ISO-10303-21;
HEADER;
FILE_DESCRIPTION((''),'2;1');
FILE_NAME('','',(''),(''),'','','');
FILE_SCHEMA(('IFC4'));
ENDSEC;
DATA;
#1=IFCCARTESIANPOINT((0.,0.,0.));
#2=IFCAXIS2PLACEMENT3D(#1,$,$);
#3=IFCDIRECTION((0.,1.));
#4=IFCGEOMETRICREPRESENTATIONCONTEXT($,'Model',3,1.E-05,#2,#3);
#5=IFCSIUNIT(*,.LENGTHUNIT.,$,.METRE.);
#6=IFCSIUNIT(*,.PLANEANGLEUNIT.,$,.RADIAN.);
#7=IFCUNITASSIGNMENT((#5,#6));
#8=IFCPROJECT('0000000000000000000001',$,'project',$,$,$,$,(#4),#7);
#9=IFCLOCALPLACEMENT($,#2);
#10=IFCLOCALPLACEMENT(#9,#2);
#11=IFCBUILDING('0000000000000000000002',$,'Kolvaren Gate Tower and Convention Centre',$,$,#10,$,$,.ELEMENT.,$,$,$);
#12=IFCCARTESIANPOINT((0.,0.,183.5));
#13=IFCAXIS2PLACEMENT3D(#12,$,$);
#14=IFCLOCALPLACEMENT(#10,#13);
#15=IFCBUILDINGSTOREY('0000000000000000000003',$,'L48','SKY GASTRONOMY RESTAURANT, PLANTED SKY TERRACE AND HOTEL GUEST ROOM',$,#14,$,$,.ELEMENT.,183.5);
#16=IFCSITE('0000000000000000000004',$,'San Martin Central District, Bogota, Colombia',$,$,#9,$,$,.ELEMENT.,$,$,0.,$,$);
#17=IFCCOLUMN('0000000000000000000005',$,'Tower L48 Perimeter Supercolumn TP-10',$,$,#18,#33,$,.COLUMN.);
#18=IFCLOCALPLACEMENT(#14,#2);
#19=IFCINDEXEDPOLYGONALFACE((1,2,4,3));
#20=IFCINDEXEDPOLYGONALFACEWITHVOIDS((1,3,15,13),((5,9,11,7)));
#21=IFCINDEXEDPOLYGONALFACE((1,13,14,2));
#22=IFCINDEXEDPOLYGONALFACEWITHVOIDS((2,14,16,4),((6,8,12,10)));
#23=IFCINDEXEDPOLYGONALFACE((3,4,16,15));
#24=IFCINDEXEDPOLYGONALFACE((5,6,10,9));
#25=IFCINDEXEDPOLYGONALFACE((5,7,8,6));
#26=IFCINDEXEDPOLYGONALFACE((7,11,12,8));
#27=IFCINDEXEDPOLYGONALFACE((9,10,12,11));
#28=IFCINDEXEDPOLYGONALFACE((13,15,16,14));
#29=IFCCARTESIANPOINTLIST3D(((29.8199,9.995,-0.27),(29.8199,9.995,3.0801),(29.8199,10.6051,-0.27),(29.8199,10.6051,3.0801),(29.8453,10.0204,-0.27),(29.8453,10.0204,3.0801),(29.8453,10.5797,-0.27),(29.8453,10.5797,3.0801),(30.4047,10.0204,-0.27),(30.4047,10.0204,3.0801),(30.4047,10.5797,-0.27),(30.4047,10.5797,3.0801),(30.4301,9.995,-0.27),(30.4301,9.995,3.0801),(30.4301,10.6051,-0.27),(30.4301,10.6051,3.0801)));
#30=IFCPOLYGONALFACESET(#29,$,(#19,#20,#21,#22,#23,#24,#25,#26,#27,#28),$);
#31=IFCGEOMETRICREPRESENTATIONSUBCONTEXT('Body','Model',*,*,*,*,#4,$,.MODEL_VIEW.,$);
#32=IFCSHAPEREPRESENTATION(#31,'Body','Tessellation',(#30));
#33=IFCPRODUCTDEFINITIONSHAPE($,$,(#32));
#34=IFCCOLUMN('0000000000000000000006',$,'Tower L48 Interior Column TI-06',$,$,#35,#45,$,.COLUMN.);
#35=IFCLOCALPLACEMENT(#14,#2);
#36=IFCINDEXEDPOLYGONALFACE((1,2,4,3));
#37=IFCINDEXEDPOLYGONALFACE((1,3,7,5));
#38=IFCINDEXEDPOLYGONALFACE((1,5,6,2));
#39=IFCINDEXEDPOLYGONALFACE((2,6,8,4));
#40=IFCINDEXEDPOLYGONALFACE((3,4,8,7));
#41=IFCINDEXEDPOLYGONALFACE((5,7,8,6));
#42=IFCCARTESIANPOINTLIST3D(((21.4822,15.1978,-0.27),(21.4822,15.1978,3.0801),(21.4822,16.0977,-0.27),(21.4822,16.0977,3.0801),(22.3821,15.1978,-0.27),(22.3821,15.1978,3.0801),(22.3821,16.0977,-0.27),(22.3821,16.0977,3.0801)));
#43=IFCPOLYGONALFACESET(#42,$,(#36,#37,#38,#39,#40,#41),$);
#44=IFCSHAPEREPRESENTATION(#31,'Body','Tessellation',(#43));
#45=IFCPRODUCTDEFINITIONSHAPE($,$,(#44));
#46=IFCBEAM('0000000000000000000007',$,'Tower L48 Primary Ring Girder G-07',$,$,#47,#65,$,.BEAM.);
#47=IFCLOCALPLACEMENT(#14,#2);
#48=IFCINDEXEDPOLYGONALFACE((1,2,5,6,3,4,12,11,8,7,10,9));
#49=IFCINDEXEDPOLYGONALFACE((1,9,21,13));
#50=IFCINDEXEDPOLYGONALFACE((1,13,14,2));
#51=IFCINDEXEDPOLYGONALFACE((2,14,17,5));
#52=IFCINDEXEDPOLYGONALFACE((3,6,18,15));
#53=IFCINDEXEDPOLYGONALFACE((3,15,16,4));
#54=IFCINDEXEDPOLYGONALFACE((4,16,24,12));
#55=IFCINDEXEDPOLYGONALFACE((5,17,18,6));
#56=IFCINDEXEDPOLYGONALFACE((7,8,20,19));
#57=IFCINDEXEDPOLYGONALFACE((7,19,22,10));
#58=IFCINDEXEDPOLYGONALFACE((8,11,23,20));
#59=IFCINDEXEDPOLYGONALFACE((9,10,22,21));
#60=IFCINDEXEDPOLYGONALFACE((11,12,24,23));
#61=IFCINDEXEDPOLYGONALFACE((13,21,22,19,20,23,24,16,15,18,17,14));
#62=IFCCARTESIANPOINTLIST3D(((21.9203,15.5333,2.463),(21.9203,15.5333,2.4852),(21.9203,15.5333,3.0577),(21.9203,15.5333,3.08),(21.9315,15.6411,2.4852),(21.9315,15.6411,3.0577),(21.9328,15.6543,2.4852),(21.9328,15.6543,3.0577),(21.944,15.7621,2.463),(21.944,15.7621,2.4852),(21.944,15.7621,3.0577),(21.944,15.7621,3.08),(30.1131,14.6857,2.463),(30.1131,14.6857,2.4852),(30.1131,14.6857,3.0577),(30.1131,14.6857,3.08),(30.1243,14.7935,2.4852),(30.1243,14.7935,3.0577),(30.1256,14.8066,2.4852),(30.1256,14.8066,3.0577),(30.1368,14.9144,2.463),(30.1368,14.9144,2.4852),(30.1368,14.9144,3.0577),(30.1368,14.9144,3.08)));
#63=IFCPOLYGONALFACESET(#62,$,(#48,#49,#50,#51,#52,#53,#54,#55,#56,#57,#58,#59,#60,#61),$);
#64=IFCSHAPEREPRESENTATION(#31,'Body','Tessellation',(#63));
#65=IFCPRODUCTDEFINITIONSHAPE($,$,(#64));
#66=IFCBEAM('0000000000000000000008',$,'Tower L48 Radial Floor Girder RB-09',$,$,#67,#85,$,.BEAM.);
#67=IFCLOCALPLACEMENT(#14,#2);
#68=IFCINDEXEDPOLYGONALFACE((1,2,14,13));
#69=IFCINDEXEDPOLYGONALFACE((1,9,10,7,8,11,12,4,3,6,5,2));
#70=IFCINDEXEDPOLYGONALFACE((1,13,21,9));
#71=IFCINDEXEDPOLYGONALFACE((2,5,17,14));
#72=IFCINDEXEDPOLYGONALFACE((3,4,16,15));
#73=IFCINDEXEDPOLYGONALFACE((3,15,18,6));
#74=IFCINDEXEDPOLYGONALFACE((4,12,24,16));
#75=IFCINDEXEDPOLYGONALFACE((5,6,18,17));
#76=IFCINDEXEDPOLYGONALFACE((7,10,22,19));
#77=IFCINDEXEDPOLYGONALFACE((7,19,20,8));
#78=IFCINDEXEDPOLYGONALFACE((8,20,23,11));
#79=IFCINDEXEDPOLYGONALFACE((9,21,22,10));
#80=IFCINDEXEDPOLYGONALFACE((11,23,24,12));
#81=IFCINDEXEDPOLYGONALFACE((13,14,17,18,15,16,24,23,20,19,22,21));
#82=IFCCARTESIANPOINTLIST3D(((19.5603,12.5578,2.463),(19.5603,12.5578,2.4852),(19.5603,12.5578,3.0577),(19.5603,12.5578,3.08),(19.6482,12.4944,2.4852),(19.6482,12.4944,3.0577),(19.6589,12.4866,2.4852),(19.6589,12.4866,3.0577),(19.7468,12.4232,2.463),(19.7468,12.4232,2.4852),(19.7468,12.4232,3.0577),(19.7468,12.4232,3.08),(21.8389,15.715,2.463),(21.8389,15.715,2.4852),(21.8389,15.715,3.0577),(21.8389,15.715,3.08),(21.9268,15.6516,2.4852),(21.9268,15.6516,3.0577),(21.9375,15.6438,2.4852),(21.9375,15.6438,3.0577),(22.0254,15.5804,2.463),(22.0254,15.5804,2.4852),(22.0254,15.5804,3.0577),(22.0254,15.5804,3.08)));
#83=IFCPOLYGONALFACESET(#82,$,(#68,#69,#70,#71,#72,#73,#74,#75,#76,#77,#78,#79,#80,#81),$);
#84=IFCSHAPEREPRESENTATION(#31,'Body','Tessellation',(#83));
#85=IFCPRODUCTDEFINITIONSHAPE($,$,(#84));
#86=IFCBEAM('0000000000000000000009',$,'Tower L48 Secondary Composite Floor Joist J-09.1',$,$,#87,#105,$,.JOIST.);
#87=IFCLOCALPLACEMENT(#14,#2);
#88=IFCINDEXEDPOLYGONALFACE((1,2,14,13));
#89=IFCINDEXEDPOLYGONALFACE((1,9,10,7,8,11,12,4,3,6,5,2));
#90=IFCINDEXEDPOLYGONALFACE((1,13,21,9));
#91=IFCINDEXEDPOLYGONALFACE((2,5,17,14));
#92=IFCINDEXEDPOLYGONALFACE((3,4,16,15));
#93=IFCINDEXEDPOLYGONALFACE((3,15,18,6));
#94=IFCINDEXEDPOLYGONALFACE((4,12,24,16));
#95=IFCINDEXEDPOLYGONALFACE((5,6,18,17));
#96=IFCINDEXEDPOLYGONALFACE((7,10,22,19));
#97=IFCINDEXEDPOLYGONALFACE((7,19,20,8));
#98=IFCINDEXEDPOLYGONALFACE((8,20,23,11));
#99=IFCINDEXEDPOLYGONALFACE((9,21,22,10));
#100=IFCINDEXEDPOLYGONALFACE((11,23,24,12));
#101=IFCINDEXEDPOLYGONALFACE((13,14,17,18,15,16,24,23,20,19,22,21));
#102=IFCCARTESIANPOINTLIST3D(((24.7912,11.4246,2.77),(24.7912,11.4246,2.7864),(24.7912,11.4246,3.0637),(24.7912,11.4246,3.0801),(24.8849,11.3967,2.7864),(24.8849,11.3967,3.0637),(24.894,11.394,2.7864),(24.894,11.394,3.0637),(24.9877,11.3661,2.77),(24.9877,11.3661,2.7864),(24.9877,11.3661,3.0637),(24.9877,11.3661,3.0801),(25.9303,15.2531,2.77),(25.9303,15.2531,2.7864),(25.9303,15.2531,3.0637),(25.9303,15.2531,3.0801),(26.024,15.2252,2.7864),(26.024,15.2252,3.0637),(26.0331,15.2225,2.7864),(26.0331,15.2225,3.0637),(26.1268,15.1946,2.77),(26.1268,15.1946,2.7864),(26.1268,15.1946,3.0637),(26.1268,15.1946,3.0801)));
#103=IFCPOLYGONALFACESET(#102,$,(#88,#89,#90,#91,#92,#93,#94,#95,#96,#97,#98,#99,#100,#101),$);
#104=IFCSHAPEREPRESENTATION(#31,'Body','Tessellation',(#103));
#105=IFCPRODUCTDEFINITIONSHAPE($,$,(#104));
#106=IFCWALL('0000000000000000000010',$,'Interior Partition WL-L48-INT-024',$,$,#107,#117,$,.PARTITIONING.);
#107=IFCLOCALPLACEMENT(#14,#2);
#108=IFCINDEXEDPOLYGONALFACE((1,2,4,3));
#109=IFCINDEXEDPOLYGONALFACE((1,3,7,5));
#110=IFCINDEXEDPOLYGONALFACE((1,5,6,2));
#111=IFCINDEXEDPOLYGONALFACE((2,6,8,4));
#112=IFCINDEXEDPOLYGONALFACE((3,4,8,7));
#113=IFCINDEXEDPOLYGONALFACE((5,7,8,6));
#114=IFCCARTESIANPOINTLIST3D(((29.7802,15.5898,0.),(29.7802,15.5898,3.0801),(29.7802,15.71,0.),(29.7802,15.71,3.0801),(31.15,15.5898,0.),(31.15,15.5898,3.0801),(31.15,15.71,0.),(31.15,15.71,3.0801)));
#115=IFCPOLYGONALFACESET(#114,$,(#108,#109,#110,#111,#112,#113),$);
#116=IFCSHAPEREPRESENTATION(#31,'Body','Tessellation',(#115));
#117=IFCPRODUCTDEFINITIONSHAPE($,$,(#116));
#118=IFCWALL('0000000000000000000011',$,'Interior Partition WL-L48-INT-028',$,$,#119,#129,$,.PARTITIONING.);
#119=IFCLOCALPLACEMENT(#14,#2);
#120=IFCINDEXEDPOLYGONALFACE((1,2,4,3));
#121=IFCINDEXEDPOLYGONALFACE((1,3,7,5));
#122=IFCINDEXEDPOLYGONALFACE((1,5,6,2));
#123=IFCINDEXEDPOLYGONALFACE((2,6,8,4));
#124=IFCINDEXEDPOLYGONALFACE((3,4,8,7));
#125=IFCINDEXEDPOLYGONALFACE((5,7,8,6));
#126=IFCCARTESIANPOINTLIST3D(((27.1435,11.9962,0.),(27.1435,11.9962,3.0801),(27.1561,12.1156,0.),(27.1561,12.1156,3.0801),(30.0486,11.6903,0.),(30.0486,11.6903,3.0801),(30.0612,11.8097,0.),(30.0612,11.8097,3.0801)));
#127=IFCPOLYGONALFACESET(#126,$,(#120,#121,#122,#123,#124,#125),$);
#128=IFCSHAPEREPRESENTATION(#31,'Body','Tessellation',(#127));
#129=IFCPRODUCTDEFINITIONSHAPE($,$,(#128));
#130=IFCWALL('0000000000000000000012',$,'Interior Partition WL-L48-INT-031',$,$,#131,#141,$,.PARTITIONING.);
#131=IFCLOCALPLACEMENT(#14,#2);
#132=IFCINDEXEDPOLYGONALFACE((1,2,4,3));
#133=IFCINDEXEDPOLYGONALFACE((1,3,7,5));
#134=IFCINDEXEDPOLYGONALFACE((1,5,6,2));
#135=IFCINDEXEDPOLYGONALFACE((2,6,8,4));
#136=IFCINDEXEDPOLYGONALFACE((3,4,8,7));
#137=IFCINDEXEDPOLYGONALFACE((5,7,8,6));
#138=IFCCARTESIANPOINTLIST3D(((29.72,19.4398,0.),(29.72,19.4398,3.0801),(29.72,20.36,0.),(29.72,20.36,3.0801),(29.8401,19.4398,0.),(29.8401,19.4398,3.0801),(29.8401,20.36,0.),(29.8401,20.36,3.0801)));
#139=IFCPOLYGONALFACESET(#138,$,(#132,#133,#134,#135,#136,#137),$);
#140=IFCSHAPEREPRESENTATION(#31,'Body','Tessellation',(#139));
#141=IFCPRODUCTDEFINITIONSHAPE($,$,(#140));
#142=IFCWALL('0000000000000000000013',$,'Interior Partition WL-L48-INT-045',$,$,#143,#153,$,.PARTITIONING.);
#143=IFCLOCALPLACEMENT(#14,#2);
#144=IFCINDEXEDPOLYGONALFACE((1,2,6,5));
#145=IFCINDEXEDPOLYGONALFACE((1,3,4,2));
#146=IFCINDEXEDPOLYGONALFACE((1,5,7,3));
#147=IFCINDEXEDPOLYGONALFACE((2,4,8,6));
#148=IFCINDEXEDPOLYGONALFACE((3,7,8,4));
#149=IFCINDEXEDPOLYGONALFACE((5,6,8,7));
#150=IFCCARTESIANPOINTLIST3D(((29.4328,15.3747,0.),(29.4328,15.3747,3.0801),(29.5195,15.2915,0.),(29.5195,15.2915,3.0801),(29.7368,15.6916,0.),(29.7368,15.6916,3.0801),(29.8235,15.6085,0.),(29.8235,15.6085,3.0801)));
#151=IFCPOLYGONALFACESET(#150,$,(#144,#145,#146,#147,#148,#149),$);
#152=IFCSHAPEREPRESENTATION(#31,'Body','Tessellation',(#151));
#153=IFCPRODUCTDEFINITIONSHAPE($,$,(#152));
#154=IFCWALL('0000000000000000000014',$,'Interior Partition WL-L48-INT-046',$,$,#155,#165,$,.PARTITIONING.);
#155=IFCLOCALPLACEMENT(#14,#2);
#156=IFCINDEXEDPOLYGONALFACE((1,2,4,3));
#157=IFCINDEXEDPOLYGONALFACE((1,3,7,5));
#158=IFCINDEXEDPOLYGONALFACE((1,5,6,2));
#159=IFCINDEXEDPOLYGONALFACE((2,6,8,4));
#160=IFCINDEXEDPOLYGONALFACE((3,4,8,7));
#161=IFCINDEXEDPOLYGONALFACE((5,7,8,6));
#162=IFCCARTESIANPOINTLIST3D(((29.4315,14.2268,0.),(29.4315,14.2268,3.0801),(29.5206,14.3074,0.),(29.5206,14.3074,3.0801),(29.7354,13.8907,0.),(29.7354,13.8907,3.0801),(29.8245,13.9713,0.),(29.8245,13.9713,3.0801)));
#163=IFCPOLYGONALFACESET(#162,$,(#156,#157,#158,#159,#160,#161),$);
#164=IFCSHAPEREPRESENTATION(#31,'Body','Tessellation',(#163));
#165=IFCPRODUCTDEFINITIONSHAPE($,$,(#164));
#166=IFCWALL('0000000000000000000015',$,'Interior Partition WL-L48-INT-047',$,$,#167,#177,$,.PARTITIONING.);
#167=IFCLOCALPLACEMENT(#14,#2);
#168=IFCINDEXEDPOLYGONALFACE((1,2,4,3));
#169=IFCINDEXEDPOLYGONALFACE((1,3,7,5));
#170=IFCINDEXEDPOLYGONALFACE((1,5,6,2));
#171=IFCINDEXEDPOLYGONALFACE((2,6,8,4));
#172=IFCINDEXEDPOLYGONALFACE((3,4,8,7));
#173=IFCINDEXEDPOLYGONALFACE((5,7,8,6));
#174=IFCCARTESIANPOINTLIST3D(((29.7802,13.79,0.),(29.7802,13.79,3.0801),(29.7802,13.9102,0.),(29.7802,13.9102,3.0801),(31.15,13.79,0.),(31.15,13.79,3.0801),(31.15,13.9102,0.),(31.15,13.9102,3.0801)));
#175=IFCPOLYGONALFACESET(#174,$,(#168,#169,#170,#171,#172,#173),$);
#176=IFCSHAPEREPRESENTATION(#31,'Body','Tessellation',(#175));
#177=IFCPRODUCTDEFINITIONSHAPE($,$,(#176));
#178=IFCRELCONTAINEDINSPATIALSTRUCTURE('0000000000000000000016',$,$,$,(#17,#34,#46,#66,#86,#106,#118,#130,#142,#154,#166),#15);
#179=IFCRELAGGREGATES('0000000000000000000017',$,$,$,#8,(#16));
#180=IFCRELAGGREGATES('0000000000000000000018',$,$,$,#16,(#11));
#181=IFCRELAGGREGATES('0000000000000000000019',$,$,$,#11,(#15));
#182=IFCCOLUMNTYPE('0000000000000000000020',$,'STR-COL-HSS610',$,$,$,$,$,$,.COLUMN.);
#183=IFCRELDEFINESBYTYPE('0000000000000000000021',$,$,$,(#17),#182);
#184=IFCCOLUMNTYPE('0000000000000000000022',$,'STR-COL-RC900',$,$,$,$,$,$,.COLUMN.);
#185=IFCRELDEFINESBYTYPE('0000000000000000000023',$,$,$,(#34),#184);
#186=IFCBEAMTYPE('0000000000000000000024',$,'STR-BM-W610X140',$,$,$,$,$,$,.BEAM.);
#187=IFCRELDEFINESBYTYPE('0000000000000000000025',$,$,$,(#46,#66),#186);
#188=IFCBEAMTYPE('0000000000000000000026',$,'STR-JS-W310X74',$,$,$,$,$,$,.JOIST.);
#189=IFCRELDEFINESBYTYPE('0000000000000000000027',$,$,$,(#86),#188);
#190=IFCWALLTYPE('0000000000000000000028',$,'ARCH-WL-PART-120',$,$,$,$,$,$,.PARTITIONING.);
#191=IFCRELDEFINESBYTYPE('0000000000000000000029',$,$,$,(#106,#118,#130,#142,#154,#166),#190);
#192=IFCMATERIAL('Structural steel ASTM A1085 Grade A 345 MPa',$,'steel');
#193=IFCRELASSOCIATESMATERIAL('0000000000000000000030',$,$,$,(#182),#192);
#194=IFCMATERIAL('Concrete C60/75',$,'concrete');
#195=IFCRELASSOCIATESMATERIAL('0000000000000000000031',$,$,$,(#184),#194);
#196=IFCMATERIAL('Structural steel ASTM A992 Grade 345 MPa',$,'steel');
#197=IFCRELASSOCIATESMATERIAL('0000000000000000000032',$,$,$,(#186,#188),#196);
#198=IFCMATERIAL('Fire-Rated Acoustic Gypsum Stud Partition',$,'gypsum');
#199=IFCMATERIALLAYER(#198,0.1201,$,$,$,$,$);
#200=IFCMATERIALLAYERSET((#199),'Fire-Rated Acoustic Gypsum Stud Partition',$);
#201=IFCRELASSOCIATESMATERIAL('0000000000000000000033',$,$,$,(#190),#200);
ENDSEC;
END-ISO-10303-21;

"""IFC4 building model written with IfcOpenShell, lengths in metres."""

from ifc_helpers import new_model, si_unit, direction, frame, frame_2d, origin, origin_2d, place, context, subcontext, project, spatial, rectangle, hollow_rectangle, i_section, extrude, material, layer, layer_set, material_profile, profile_set, type_object, element, save


model = new_model("IFC4")

# Units and contexts
model_context = context("Model", 3, precision=1e-05, world=origin(), true_north=direction((0.0, 1.0)))
body_context = subcontext(model_context, "Body", "Model", "MODEL_VIEW")
ifc_project = project(units=[si_unit("LENGTHUNIT", "METRE"), si_unit("PLANEANGLEUNIT", "RADIAN")], contexts=[model_context])

# Site, building, storey
site_placement = place(None, origin())
site = spatial("IfcSite", under=ifc_project, at=site_placement, Name="San Martin Central District, Bogota, Colombia", CompositionType="ELEMENT", RefElevation=0.0)
building_placement = place(site_placement, origin())
building = spatial("IfcBuilding", under=site, at=building_placement, Name="Kolvaren Gate Tower and Convention Centre", CompositionType="ELEMENT")
storey_placement = place(building_placement, frame((0.0, 0.0, 183.5)))
storey = spatial("IfcBuildingStorey", under=building, at=storey_placement, Name="L48", Description="SKY GASTRONOMY RESTAURANT, PLANTED SKY TERRACE AND HOTEL GUEST ROOM", CompositionType="ELEMENT", Elevation=183.5)

# Columns
ifc_material_1 = material(Name="Structural steel ASTM A1085 Grade A 345 MPa", Category="steel")
ifc_material_profile_1 = material_profile(ifc_material_1, hollow_rectangle(XDim=0.6101, YDim=0.6101, WallThickness=0.0254, at=origin_2d()), Name="HSS610X610X25.4")
ifc_profile_set_1 = profile_set([ifc_material_profile_1], Name="Structural steel ASTM A1085 Grade A 345 MPa")
column_type_1 = type_object("IfcColumnType", Name="STR-COL-HSS610", PredefinedType="COLUMN", material=ifc_profile_set_1)
column_1_placement = place(storey_placement, frame((30.125, 10.3, -0.27), z_axis=(0.0, 0.0, 1.0), x_axis=(1.0, 0.0, 0.0)))
element("IfcColumn", 1, at=column_1_placement, inside=storey, type_object=column_type_1, Name="Tower L48 Perimeter Supercolumn TP-10", PredefinedType="COLUMN", context=body_context, shape_type="SweptSolid", body=[
    extrude(hollow_rectangle(XDim=0.6101, YDim=0.6101, WallThickness=0.0254, at=origin_2d()), origin(), (0.0, 0.0, 1.0), 3.3501),
])
ifc_material_2 = material(Name="Concrete C60/75", Category="concrete")
ifc_material_profile_2 = material_profile(ifc_material_2, rectangle(XDim=0.8999, YDim=0.8999, at=origin_2d()), Name="RC-COL-900X900")
ifc_profile_set_2 = profile_set([ifc_material_profile_2], Name="Concrete C60/75")
column_type_2 = type_object("IfcColumnType", Name="STR-COL-RC900", PredefinedType="COLUMN", material=ifc_profile_set_2)
column_2_placement = place(storey_placement, frame((21.9321, 15.6477, -0.27), z_axis=(0.0, 0.0, 1.0), x_axis=(1.0, 0.0, 0.0)))
element("IfcColumn", 2, at=column_2_placement, inside=storey, type_object=column_type_2, Name="Tower L48 Interior Column TI-06", PredefinedType="COLUMN", context=body_context, shape_type="SweptSolid", body=[
    extrude(rectangle(XDim=0.8999, YDim=0.8999, at=origin_2d()), origin(), (0.0, 0.0, 1.0), 3.3501),
])

# Beams
ifc_material_3 = material(Name="Structural steel ASTM A992 Grade 345 MPa", Category="steel")
ifc_material_profile_3 = material_profile(ifc_material_3, i_section(OverallWidth=0.23, OverallDepth=0.6169, WebThickness=0.0132, FlangeThickness=0.0222, at=origin_2d()), Name="W610X140")
ifc_profile_set_3 = profile_set([ifc_material_profile_3], Name="Structural steel ASTM A992 Grade 345 MPa")
beam_type_1 = type_object("IfcBeamType", Name="STR-BM-W610X140", PredefinedType="BEAM", material=ifc_profile_set_3)
beam_1_placement = place(storey_placement, frame((21.9321, 15.6477, 2.7715), z_axis=(0.99469, -0.102913, 0.0), x_axis=(0.102913, 0.99469, 0.0)))
element("IfcBeam", 3, at=beam_1_placement, inside=storey, type_object=beam_type_1, Name="Tower L48 Primary Ring Girder G-07", PredefinedType="BEAM", context=body_context, shape_type="SweptSolid", body=[
    extrude(i_section(OverallWidth=0.23, OverallDepth=0.6169, WebThickness=0.0132, FlangeThickness=0.0222, at=origin_2d()), origin(), (0.0, 0.0, 1.0), 8.2366),
])
beam_2_placement = place(storey_placement, frame((21.9321, 15.6477, 2.7715), z_axis=(-0.585211, -0.810881, 0.0), x_axis=(0.810881, -0.585211, 0.0)))
element("IfcBeam", 4, at=beam_2_placement, inside=storey, type_object=beam_type_1, Name="Tower L48 Radial Floor Girder RB-09", PredefinedType="BEAM", context=body_context, shape_type="SweptSolid", body=[
    extrude(i_section(OverallWidth=0.23, OverallDepth=0.6169, WebThickness=0.0132, FlangeThickness=0.0222, at=origin_2d()), origin(), (0.0, 0.0, 1.0), 3.8936),
])
ifc_material_profile_4 = material_profile(ifc_material_3, i_section(OverallWidth=0.2051, OverallDepth=0.3101, WebThickness=0.0095, FlangeThickness=0.0164, at=origin_2d()), Name="W310X74")
ifc_profile_set_4 = profile_set([ifc_material_profile_4], Name="Structural steel ASTM A992 Grade 345 MPa")
beam_type_2 = type_object("IfcBeamType", Name="STR-JS-W310X74", PredefinedType="JOIST", material=ifc_profile_set_4)
beam_3_placement = place(storey_placement, frame((26.0286, 15.2239, 2.925), z_axis=(-0.285183, -0.958473, 0.0), x_axis=(0.958473, -0.285183, 0.0)))
element("IfcBeam", 5, at=beam_3_placement, inside=storey, type_object=beam_type_2, Name="Tower L48 Secondary Composite Floor Joist J-09.1", PredefinedType="JOIST", context=body_context, shape_type="SweptSolid", body=[
    extrude(i_section(OverallWidth=0.2051, OverallDepth=0.3101, WebThickness=0.0095, FlangeThickness=0.0164, at=origin_2d()), origin(), (0.0, 0.0, 1.0), 3.9944),
])

# Walls
ifc_material_4 = material(Name="Fire-Rated Acoustic Gypsum Stud Partition", Category="gypsum")
ifc_layer_1 = layer(ifc_material_4, 0.1201)
ifc_layer_set_1 = layer_set([ifc_layer_1], Name="Fire-Rated Acoustic Gypsum Stud Partition")
wall_type_1 = type_object("IfcWallType", Name="ARCH-WL-PART-120", PredefinedType="PARTITIONING", material=ifc_layer_set_1)
wall_1_placement = place(storey_placement, frame((29.78, 15.6499, 0.0), z_axis=(0.0, 0.0, 1.0), x_axis=(1.0, 0.0, 0.0)))
element("IfcWall", 6, at=wall_1_placement, inside=storey, type_object=wall_type_1, Name="Interior Partition WL-L48-INT-024", PredefinedType="PARTITIONING", context=body_context, shape_type="SweptSolid", body=[
    extrude(rectangle(XDim=1.3699, YDim=0.1201, at=frame_2d((0.6851, 0.0))), origin(), (0.0, 0.0, 1.0), 3.0801),
])
wall_2_placement = place(storey_placement, frame((27.1499, 12.0559, 0.0), z_axis=(0.0, 0.0, 1.0), x_axis=(0.994501, -0.104724, 0.0)))
element("IfcWall", 7, at=wall_2_placement, inside=storey, type_object=wall_type_1, Name="Interior Partition WL-L48-INT-028", PredefinedType="PARTITIONING", context=body_context, shape_type="SweptSolid", body=[
    extrude(rectangle(XDim=2.9211, YDim=0.1201, at=frame_2d((1.4604, 0.0))), origin(), (0.0, 0.0, 1.0), 3.0801),
])
wall_3_placement = place(storey_placement, frame((29.78, 19.4399, 0.0), z_axis=(0.0, 0.0, 1.0), x_axis=(0.0, 1.0, 0.0)))
element("IfcWall", 8, at=wall_3_placement, inside=storey, type_object=wall_type_1, Name="Interior Partition WL-L48-INT-031", PredefinedType="PARTITIONING", context=body_context, shape_type="SweptSolid", body=[
    extrude(rectangle(XDim=0.9202, YDim=0.1201, at=frame_2d((0.46, 0.0))), origin(), (0.0, 0.0, 1.0), 3.0801),
])
wall_4_placement = place(storey_placement, frame((29.4761, 15.333, 0.0), z_axis=(0.0, 0.0, 1.0), x_axis=(0.692219, 0.721687, 0.0)))
element("IfcWall", 9, at=wall_4_placement, inside=storey, type_object=wall_type_1, Name="Interior Partition WL-L48-INT-045", PredefinedType="PARTITIONING", context=body_context, shape_type="SweptSolid", body=[
    extrude(rectangle(XDim=0.4392, YDim=0.1201, at=frame_2d((0.2197, 0.0))), origin(), (0.0, 0.0, 1.0), 3.0801),
])
wall_5_placement = place(storey_placement, frame((29.4761, 14.2671, 0.0), z_axis=(0.0, 0.0, 1.0), x_axis=(0.670659, -0.741765, 0.0)))
element("IfcWall", 10, at=wall_5_placement, inside=storey, type_object=wall_type_1, Name="Interior Partition WL-L48-INT-046", PredefinedType="PARTITIONING", context=body_context, shape_type="SweptSolid", body=[
    extrude(rectangle(XDim=0.4531, YDim=0.1201, at=frame_2d((0.2266, 0.0))), origin(), (0.0, 0.0, 1.0), 3.0801),
])
wall_6_placement = place(storey_placement, frame((29.78, 13.8501, 0.0), z_axis=(0.0, 0.0, 1.0), x_axis=(1.0, 0.0, 0.0)))
element("IfcWall", 11, at=wall_6_placement, inside=storey, type_object=wall_type_1, Name="Interior Partition WL-L48-INT-047", PredefinedType="PARTITIONING", context=body_context, shape_type="SweptSolid", body=[
    extrude(rectangle(XDim=1.3699, YDim=0.1201, at=frame_2d((0.6851, 0.0))), origin(), (0.0, 0.0, 1.0), 3.0801),
])

save(model, "model.ifc")
